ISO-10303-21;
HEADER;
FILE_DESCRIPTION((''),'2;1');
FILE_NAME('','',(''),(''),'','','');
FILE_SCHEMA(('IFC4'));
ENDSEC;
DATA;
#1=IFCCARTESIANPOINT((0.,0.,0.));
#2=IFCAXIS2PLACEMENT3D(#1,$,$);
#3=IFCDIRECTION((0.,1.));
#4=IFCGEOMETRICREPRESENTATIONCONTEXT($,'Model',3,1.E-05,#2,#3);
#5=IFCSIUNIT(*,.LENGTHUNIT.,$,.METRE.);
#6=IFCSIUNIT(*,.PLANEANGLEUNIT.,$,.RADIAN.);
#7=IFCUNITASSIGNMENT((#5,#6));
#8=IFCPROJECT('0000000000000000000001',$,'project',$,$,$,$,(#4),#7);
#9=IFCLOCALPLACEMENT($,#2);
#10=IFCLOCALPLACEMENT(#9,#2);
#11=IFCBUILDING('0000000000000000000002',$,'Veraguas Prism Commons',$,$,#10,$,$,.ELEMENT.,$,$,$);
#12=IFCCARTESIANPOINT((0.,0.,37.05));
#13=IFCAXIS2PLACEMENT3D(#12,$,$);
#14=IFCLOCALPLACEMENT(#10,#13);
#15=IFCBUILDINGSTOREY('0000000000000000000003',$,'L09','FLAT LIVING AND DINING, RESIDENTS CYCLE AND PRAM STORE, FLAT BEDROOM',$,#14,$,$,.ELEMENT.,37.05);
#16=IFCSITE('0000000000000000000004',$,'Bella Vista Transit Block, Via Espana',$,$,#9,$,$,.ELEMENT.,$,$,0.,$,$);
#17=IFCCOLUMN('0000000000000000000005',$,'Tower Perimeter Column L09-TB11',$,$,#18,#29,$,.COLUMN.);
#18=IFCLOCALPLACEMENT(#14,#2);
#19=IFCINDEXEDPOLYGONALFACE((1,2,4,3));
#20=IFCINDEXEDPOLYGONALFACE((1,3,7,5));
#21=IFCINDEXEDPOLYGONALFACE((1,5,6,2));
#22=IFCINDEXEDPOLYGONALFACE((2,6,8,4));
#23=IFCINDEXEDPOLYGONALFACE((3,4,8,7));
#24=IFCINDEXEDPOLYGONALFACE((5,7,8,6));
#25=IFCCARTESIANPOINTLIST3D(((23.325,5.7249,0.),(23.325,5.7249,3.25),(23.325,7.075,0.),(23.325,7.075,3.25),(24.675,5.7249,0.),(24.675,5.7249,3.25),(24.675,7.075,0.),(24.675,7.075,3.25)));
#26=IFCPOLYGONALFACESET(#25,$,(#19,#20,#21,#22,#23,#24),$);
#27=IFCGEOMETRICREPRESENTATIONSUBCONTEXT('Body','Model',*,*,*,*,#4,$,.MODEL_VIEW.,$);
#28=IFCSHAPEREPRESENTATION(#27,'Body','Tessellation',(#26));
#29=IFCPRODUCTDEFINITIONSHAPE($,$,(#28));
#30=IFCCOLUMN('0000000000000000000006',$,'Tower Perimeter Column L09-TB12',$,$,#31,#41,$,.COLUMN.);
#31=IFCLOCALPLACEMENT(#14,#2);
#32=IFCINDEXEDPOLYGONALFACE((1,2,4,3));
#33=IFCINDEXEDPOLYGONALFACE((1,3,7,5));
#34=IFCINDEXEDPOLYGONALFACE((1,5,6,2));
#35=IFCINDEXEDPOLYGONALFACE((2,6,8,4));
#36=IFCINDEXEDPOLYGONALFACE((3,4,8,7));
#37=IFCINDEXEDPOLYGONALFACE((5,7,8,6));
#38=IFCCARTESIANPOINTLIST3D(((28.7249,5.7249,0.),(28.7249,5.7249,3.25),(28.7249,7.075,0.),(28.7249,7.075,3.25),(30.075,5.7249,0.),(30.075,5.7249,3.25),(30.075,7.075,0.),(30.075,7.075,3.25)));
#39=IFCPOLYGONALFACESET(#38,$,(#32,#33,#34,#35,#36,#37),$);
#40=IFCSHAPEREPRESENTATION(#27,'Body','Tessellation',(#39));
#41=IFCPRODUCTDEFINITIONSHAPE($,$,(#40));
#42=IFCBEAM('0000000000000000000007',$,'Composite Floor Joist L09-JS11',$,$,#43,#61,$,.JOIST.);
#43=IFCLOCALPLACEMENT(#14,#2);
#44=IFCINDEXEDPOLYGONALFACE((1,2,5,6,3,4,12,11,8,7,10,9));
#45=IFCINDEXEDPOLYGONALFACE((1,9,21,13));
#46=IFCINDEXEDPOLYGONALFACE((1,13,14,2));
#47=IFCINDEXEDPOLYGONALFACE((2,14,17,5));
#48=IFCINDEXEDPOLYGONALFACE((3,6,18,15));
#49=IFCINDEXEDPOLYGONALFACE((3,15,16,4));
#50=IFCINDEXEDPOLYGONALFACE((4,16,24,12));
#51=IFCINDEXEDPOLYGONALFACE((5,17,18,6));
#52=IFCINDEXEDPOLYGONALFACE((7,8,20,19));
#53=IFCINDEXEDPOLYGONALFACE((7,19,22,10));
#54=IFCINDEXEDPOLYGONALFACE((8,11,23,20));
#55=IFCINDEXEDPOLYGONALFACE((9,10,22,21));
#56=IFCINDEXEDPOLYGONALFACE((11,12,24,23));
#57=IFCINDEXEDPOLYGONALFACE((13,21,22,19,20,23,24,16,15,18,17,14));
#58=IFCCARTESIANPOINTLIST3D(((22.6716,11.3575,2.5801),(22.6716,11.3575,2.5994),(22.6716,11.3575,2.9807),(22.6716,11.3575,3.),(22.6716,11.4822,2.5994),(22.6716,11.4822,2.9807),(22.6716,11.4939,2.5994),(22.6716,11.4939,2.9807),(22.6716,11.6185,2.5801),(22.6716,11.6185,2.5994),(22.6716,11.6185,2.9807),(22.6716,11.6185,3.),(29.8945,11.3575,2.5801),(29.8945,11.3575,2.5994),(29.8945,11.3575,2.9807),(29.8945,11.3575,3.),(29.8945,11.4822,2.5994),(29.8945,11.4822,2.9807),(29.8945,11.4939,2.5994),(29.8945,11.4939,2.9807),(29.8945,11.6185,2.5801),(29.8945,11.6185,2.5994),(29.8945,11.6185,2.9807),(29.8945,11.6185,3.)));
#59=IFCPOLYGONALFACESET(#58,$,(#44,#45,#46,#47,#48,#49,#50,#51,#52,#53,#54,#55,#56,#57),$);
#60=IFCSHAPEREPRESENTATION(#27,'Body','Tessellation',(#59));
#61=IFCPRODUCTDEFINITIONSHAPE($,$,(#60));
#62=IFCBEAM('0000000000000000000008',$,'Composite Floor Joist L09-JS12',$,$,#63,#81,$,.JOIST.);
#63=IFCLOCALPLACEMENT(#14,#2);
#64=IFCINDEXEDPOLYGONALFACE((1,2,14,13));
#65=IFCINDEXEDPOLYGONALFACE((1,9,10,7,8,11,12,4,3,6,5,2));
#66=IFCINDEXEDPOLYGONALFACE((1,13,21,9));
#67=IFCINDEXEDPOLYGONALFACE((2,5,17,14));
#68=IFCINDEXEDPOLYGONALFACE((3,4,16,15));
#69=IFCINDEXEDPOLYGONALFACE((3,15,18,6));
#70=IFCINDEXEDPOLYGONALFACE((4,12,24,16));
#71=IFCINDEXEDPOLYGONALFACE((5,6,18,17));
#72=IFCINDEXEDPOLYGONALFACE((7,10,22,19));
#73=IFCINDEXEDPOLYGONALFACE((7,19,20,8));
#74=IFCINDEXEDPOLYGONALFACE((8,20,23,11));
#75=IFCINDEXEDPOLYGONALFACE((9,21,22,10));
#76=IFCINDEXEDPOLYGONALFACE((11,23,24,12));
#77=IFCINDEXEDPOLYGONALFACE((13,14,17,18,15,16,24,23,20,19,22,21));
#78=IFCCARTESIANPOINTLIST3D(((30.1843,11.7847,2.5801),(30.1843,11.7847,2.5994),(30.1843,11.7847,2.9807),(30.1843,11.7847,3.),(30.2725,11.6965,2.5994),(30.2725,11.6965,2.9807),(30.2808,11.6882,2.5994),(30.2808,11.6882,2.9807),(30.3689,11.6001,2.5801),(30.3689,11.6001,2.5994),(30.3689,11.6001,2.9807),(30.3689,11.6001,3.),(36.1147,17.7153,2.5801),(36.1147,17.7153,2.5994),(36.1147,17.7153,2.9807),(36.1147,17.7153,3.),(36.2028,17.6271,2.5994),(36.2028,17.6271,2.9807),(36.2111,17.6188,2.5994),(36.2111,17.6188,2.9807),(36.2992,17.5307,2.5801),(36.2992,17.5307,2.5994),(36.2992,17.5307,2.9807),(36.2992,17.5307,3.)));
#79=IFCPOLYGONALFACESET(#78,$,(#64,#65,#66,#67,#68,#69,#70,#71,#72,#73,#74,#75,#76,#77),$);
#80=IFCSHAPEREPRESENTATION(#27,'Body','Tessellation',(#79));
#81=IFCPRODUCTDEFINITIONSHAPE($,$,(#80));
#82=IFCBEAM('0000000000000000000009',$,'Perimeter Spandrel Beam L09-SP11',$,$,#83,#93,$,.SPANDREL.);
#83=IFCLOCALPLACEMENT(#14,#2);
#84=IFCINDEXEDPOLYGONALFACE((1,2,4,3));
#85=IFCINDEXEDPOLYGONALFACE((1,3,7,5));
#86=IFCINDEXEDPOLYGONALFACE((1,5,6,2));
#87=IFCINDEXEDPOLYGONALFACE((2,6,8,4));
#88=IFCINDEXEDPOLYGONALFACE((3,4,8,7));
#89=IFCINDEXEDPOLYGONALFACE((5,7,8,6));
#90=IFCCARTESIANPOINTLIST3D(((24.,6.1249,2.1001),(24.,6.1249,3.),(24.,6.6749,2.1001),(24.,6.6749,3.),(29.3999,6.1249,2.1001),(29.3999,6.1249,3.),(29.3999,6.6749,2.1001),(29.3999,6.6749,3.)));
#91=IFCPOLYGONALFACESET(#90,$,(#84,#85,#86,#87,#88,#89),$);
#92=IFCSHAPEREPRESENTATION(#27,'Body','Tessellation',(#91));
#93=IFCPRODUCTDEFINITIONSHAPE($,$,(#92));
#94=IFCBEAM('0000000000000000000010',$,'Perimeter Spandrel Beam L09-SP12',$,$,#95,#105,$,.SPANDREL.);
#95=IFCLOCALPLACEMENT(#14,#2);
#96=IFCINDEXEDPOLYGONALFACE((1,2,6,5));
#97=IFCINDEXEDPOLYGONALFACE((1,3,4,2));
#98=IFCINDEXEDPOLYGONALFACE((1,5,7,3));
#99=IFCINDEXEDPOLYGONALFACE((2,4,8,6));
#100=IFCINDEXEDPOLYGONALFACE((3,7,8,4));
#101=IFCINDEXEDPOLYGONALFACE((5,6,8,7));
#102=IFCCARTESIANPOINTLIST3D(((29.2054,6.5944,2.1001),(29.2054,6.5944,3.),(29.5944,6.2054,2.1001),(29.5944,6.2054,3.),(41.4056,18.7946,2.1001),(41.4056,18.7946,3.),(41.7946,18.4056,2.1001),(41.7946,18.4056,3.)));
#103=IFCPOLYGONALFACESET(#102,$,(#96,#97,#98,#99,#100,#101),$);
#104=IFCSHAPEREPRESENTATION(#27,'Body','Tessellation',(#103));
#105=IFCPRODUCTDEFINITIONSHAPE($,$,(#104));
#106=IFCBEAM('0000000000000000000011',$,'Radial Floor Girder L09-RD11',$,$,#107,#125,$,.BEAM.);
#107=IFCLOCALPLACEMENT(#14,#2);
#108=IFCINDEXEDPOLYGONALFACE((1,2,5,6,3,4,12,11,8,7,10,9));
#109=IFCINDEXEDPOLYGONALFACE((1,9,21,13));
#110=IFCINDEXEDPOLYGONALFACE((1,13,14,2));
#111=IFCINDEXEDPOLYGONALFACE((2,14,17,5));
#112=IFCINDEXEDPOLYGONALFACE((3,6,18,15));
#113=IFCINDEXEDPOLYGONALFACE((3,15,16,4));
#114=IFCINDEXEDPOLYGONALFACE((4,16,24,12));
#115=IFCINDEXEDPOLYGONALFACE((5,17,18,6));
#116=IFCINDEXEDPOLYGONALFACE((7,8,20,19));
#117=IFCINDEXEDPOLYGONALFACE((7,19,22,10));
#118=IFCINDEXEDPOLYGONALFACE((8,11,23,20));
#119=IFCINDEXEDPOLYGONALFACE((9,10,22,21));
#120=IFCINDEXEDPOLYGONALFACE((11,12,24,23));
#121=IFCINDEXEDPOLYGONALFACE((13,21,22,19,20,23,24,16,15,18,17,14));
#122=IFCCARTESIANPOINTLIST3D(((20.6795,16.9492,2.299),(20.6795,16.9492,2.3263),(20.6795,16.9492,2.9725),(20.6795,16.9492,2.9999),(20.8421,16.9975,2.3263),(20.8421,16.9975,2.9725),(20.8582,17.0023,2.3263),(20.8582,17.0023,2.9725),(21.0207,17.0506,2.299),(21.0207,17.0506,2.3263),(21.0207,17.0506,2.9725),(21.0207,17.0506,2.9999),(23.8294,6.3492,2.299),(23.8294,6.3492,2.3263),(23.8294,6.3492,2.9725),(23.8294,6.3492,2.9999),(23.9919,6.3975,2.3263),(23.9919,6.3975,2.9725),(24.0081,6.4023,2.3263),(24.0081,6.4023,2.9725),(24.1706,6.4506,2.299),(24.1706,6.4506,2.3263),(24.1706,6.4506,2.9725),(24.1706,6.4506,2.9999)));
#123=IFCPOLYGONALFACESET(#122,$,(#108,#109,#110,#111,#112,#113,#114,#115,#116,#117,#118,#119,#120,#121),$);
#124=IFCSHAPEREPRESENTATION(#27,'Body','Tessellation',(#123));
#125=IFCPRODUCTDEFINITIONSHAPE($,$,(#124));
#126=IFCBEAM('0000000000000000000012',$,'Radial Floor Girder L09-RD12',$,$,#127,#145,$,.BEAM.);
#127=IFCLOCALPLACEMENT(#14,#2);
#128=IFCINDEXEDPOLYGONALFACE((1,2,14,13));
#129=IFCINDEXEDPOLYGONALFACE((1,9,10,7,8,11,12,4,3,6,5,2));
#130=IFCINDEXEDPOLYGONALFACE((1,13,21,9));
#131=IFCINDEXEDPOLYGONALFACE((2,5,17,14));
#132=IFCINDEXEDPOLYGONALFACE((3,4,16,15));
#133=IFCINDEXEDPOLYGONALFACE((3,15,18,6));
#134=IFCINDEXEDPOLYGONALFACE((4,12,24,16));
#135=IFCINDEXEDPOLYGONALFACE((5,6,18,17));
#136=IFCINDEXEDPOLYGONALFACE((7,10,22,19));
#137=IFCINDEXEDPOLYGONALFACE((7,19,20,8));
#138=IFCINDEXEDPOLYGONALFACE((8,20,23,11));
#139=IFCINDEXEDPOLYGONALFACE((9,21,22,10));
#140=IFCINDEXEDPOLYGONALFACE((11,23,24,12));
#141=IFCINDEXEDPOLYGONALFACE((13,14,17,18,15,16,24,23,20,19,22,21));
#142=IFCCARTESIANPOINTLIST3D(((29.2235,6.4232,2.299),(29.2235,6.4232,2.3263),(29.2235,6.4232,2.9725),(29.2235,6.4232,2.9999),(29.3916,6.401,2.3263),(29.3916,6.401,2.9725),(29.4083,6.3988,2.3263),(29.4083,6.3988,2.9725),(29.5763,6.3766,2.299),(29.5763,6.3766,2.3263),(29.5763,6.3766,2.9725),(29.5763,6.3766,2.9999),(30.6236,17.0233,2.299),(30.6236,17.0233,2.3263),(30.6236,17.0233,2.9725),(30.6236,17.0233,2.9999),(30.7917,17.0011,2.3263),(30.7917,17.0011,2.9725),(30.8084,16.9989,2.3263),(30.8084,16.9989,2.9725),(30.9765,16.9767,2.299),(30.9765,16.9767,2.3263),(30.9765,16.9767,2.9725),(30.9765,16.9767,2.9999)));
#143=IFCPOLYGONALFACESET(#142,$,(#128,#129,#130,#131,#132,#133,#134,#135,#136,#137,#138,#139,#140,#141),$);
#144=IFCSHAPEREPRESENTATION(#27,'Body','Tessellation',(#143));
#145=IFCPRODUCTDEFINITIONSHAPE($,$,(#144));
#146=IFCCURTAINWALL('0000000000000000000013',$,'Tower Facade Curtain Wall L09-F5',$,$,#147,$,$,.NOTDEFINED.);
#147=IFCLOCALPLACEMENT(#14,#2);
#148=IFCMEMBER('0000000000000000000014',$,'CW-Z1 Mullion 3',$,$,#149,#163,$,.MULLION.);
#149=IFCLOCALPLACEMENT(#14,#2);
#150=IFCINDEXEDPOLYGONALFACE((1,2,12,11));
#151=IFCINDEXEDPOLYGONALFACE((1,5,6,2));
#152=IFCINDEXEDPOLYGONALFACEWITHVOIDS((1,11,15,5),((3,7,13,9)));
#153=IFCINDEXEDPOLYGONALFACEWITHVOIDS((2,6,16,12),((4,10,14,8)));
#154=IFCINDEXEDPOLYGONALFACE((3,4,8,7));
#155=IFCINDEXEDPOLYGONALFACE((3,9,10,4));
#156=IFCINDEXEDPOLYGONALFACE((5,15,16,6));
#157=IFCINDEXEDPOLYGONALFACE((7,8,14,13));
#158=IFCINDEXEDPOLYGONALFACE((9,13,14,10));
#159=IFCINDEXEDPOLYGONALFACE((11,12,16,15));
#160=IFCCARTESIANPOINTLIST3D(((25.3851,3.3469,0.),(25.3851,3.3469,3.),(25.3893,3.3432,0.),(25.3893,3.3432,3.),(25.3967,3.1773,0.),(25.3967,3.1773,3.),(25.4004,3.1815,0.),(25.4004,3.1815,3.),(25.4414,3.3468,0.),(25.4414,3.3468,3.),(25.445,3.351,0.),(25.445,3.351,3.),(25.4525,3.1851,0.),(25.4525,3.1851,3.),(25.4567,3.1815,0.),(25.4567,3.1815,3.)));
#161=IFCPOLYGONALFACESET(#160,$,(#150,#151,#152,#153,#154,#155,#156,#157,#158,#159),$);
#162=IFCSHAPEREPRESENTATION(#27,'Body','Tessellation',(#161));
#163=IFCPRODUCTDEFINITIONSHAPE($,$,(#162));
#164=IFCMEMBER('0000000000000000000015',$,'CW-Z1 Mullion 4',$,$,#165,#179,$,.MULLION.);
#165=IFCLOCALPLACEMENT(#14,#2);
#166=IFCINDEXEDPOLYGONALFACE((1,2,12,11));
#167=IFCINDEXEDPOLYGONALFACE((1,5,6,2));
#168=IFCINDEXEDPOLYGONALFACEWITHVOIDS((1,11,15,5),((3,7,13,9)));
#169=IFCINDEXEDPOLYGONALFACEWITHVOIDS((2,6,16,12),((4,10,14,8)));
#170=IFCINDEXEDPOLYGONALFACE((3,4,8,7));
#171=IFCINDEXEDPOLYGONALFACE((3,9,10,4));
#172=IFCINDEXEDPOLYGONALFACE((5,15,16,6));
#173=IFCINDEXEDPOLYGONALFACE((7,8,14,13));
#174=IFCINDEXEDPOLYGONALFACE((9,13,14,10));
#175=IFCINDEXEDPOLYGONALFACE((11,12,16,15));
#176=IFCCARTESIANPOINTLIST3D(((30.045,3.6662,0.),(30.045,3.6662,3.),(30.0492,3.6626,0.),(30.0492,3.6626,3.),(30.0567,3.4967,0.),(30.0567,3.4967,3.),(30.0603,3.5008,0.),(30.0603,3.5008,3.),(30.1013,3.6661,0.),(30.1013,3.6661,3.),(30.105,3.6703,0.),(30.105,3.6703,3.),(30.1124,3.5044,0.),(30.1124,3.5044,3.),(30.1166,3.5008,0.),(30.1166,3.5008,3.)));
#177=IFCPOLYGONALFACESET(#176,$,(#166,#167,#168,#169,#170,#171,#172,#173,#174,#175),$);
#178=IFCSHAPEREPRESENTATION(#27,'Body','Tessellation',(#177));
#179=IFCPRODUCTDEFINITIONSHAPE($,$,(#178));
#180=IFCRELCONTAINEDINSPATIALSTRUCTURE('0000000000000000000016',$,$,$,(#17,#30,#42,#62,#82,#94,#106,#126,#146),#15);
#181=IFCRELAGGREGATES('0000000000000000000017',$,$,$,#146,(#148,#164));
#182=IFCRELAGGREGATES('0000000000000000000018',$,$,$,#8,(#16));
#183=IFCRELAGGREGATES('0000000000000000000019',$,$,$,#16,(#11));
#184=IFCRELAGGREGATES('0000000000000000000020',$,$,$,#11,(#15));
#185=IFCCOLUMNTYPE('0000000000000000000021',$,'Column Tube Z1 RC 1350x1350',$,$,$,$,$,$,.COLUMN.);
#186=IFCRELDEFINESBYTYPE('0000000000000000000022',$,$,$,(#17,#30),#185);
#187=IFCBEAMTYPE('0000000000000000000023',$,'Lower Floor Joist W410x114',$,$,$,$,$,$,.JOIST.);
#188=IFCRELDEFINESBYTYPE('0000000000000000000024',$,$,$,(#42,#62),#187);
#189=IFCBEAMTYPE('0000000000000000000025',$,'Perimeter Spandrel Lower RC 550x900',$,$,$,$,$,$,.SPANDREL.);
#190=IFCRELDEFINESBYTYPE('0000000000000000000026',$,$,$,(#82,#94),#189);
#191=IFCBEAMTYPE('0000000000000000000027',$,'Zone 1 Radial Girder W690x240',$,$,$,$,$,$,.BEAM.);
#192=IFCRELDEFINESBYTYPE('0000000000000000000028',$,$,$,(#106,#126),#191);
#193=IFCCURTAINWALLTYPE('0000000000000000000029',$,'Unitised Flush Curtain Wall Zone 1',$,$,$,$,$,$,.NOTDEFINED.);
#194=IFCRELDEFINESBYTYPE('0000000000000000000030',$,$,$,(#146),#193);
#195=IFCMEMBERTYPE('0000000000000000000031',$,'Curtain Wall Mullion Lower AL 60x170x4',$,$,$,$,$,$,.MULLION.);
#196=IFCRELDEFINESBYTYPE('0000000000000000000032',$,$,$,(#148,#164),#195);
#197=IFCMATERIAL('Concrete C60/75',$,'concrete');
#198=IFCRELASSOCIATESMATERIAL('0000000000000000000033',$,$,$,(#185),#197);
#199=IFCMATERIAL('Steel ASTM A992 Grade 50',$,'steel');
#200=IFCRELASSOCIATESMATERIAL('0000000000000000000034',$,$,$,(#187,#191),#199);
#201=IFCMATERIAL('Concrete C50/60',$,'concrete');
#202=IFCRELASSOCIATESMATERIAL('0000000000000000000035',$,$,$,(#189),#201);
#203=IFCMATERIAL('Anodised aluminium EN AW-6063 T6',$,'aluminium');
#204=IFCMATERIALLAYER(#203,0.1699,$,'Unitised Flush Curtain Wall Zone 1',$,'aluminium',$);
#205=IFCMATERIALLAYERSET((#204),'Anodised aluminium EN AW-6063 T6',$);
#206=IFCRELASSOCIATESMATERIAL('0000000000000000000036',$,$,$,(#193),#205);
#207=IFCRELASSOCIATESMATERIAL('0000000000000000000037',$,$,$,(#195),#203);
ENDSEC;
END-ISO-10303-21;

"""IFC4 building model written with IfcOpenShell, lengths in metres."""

from ifc_helpers import new_model, si_unit, direction, frame, origin, origin_2d, place, context, subcontext, project, spatial, rectangle, hollow_rectangle, i_section, extrude, source, transform, mapped, material, layer, layer_set, material_profile, profile_set, type_object, element, aggregate, save


model = new_model("IFC4")

# Units and contexts
model_context = context("Model", 3, precision=1e-05, world=origin(), true_north=direction((0.0, 1.0)))
body_context = subcontext(model_context, "Body", "Model", "MODEL_VIEW")
ifc_project = project(units=[si_unit("LENGTHUNIT", "METRE"), si_unit("PLANEANGLEUNIT", "RADIAN")], contexts=[model_context])

# Site, building, storey
site_placement = place(None, origin())
site = spatial("IfcSite", under=ifc_project, at=site_placement, Name="Bella Vista Transit Block, Via Espana", CompositionType="ELEMENT", RefElevation=0.0)
building_placement = place(site_placement, origin())
building = spatial("IfcBuilding", under=site, at=building_placement, Name="Veraguas Prism Commons", CompositionType="ELEMENT")
storey_placement = place(building_placement, frame((0.0, 0.0, 37.05)))
storey = spatial("IfcBuildingStorey", under=building, at=storey_placement, Name="L09", Description="FLAT LIVING AND DINING, RESIDENTS CYCLE AND PRAM STORE, FLAT BEDROOM", CompositionType="ELEMENT", Elevation=37.05)

# Columns
ifc_material_1 = material(Name="Concrete C60/75", Category="concrete")
ifc_material_profile_1 = material_profile(ifc_material_1, rectangle(XDim=1.3501, YDim=1.3501, at=origin_2d()), Name="RC1350X1350")
ifc_profile_set_1 = profile_set([ifc_material_profile_1], Name="Concrete C60/75")
column_type = type_object("IfcColumnType", Name="Column Tube Z1 RC 1350x1350", PredefinedType="COLUMN", material=ifc_profile_set_1)
for number, where, z_axis, x_axis, name in (
    (1, (24.0, 6.3999, 0.0), (0.0, 0.0, 1.0), (1.0, 0.0, 0.0), "Tower Perimeter Column L09-TB11"),
    (2, (29.3999, 6.3999, 0.0), (0.0, 0.0, 1.0), (1.0, 0.0, 0.0), "Tower Perimeter Column L09-TB12"),
):
    element("IfcColumn", number, at=place(storey_placement, frame(where, z_axis=z_axis, x_axis=x_axis)), inside=storey, type_object=column_type, Name=name, PredefinedType="COLUMN", context=body_context, shape_type="SweptSolid", body=[
        extrude(rectangle(XDim=1.3501, YDim=1.3501, at=origin_2d()), origin(), (0.0, 0.0, 1.0), 3.25),
    ])

# Beams
ifc_material_2 = material(Name="Steel ASTM A992 Grade 50", Category="steel")
ifc_material_profile_2 = material_profile(ifc_material_2, i_section(OverallWidth=0.261, OverallDepth=0.4199, WebThickness=0.0117, FlangeThickness=0.0193, at=origin_2d()), Name="W410X114")
ifc_profile_set_2 = profile_set([ifc_material_profile_2], Name="Steel ASTM A992 Grade 50")
beam_type_1 = type_object("IfcBeamType", Name="Lower Floor Joist W410x114", PredefinedType="JOIST", material=ifc_profile_set_2)
beam_1_placement = place(storey_placement, frame((22.6716, 11.488, 2.79), z_axis=(1.0, 0.0, 0.0), x_axis=(0.0, 1.0, 0.0)))
element("IfcBeam", 3, at=beam_1_placement, inside=storey, type_object=beam_type_1, Name="Composite Floor Joist L09-JS11", PredefinedType="JOIST", context=body_context, shape_type="SweptSolid", body=[
    extrude(i_section(OverallWidth=0.261, OverallDepth=0.4199, WebThickness=0.0117, FlangeThickness=0.0193, at=origin_2d()), origin(), (0.0, 0.0, 1.0), 7.2229),
])
beam_2_placement = place(storey_placement, frame((30.2766, 11.6924, 2.79), z_axis=(0.707092, 0.707121, 0.0), x_axis=(-0.707121, 0.707092, 0.0)))
element("IfcBeam", 4, at=beam_2_placement, inside=storey, type_object=beam_type_1, Name="Composite Floor Joist L09-JS12", PredefinedType="JOIST", context=body_context, shape_type="SweptSolid", body=[
    extrude(i_section(OverallWidth=0.261, OverallDepth=0.4199, WebThickness=0.0117, FlangeThickness=0.0193, at=origin_2d()), origin(), (0.0, 0.0, 1.0), 8.387),
])
ifc_material_3 = material(Name="Concrete C50/60", Category="concrete")
ifc_material_profile_3 = material_profile(ifc_material_3, rectangle(XDim=0.55, YDim=0.8999, at=origin_2d()), Name="RC550X900")
ifc_profile_set_3 = profile_set([ifc_material_profile_3], Name="Concrete C50/60")
beam_type_2 = type_object("IfcBeamType", Name="Perimeter Spandrel Lower RC 550x900", PredefinedType="SPANDREL", material=ifc_profile_set_3)
beam_3_placement = place(storey_placement, frame((24.0, 6.3999, 2.55), z_axis=(1.0, 0.0, 0.0), x_axis=(0.0, 1.0, 0.0)))
element("IfcBeam", 5, at=beam_3_placement, inside=storey, type_object=beam_type_2, Name="Perimeter Spandrel Beam L09-SP11", PredefinedType="SPANDREL", context=body_context, shape_type="SweptSolid", body=[
    extrude(rectangle(XDim=0.55, YDim=0.8999, at=origin_2d()), origin(), (0.0, 0.0, 1.0), 5.3999),
])
beam_4_placement = place(storey_placement, frame((29.3999, 6.3999, 2.55), z_axis=(0.707107, 0.707107, 0.0), x_axis=(-0.707107, 0.707107, 0.0)))
element("IfcBeam", 6, at=beam_4_placement, inside=storey, type_object=beam_type_2, Name="Perimeter Spandrel Beam L09-SP12", PredefinedType="SPANDREL", context=body_context, shape_type="SweptSolid", body=[
    extrude(rectangle(XDim=0.55, YDim=0.8999, at=origin_2d()), origin(), (0.0, 0.0, 1.0), 17.2537),
])
ifc_material_profile_4 = material_profile(ifc_material_2, i_section(OverallWidth=0.356, OverallDepth=0.7009, WebThickness=0.0168, FlangeThickness=0.0273, at=origin_2d()), Name="W690X240")
ifc_profile_set_4 = profile_set([ifc_material_profile_4], Name="Steel ASTM A992 Grade 50")
beam_type_3 = type_object("IfcBeamType", Name="Zone 1 Radial Girder W690x240", PredefinedType="BEAM", material=ifc_profile_set_4)
beam_5_placement = place(storey_placement, frame((24.0, 6.3999, 2.6494), z_axis=(-0.284847, 0.958573, 0.0), x_axis=(-0.958573, -0.284847, 0.0)))
element("IfcBeam", 7, at=beam_5_placement, inside=storey, type_object=beam_type_3, Name="Radial Floor Girder L09-RD11", PredefinedType="BEAM", context=body_context, shape_type="SweptSolid", body=[
    extrude(i_section(OverallWidth=0.356, OverallDepth=0.7009, WebThickness=0.0168, FlangeThickness=0.0273, at=origin_2d()), origin(), (0.0, 0.0, 1.0), 11.0581),
])
beam_6_placement = place(storey_placement, frame((29.3999, 6.3999, 2.6494), z_axis=(0.130951, 0.991389, 0.0), x_axis=(-0.991389, 0.130951, 0.0)))
element("IfcBeam", 8, at=beam_6_placement, inside=storey, type_object=beam_type_3, Name="Radial Floor Girder L09-RD12", PredefinedType="BEAM", context=body_context, shape_type="SweptSolid", body=[
    extrude(i_section(OverallWidth=0.356, OverallDepth=0.7009, WebThickness=0.0168, FlangeThickness=0.0273, at=origin_2d()), origin(), (0.0, 0.0, 1.0), 10.6921),
])

# Curtain wall, members
ifc_material_4 = material(Name="Anodised aluminium EN AW-6063 T6", Category="aluminium")
ifc_layer_1 = layer(ifc_material_4, 0.1699, Name="Unitised Flush Curtain Wall Zone 1", Category="aluminium")
ifc_layer_set_1 = layer_set([ifc_layer_1], Name="Anodised aluminium EN AW-6063 T6")
curtain_wall_type = type_object("IfcCurtainWallType", Name="Unitised Flush Curtain Wall Zone 1", PredefinedType="NOTDEFINED", material=ifc_layer_set_1)
curtain_wall_placement = place(storey_placement, origin())
curtain_wall = element("IfcCurtainWall", 9, at=curtain_wall_placement, inside=storey, type_object=curtain_wall_type, Name="Tower Facade Curtain Wall L09-F5", PredefinedType="NOTDEFINED")
ifc_material_profile_5 = material_profile(ifc_material_4, hollow_rectangle(XDim=0.0601, YDim=0.1699, WallThickness=0.0039, at=origin_2d()), Name="AL60X170X4")
ifc_profile_set_5 = profile_set([ifc_material_profile_5], Name="Anodised aluminium EN AW-6063 T6")
member_type = type_object("IfcMemberType", Name="Curtain Wall Mullion Lower AL 60x170x4", PredefinedType="MULLION", material=ifc_profile_set_5)
shared_shape_1 = source(origin(), body_context, "Body", "SweptSolid", [
    extrude(hollow_rectangle(XDim=0.0601, YDim=0.1699, WallThickness=0.0039, at=origin_2d()), origin(), (0.0, 0.0, 1.0), 3.0),
])
member_1_placement = place(storey_placement, frame((25.4209, 3.2642, 0.0), z_axis=(0.0, 0.0, 1.0), x_axis=(0.99766, 0.068364, 0.0)))
member_1 = element("IfcMember", 10, at=member_1_placement, type_object=member_type, Name="CW-Z1 Mullion 3", PredefinedType="MULLION", context=body_context, shape_type="MappedRepresentation", body=[
    mapped(shared_shape_1, transform((0.0, 0.0, 0.0), scale=1.0)),
])
member_2_placement = place(storey_placement, frame((30.0808, 3.5835, 0.0), z_axis=(0.0, 0.0, 1.0), x_axis=(0.99766, 0.068364, 0.0)))
member_2 = element("IfcMember", 11, at=member_2_placement, type_object=member_type, Name="CW-Z1 Mullion 4", PredefinedType="MULLION", context=body_context, shape_type="MappedRepresentation", body=[
    mapped(shared_shape_1, transform((0.0, 0.0, 0.0), scale=1.0)),
])
aggregate(curtain_wall, [member_1, member_2])

save(model, "model.ifc")
